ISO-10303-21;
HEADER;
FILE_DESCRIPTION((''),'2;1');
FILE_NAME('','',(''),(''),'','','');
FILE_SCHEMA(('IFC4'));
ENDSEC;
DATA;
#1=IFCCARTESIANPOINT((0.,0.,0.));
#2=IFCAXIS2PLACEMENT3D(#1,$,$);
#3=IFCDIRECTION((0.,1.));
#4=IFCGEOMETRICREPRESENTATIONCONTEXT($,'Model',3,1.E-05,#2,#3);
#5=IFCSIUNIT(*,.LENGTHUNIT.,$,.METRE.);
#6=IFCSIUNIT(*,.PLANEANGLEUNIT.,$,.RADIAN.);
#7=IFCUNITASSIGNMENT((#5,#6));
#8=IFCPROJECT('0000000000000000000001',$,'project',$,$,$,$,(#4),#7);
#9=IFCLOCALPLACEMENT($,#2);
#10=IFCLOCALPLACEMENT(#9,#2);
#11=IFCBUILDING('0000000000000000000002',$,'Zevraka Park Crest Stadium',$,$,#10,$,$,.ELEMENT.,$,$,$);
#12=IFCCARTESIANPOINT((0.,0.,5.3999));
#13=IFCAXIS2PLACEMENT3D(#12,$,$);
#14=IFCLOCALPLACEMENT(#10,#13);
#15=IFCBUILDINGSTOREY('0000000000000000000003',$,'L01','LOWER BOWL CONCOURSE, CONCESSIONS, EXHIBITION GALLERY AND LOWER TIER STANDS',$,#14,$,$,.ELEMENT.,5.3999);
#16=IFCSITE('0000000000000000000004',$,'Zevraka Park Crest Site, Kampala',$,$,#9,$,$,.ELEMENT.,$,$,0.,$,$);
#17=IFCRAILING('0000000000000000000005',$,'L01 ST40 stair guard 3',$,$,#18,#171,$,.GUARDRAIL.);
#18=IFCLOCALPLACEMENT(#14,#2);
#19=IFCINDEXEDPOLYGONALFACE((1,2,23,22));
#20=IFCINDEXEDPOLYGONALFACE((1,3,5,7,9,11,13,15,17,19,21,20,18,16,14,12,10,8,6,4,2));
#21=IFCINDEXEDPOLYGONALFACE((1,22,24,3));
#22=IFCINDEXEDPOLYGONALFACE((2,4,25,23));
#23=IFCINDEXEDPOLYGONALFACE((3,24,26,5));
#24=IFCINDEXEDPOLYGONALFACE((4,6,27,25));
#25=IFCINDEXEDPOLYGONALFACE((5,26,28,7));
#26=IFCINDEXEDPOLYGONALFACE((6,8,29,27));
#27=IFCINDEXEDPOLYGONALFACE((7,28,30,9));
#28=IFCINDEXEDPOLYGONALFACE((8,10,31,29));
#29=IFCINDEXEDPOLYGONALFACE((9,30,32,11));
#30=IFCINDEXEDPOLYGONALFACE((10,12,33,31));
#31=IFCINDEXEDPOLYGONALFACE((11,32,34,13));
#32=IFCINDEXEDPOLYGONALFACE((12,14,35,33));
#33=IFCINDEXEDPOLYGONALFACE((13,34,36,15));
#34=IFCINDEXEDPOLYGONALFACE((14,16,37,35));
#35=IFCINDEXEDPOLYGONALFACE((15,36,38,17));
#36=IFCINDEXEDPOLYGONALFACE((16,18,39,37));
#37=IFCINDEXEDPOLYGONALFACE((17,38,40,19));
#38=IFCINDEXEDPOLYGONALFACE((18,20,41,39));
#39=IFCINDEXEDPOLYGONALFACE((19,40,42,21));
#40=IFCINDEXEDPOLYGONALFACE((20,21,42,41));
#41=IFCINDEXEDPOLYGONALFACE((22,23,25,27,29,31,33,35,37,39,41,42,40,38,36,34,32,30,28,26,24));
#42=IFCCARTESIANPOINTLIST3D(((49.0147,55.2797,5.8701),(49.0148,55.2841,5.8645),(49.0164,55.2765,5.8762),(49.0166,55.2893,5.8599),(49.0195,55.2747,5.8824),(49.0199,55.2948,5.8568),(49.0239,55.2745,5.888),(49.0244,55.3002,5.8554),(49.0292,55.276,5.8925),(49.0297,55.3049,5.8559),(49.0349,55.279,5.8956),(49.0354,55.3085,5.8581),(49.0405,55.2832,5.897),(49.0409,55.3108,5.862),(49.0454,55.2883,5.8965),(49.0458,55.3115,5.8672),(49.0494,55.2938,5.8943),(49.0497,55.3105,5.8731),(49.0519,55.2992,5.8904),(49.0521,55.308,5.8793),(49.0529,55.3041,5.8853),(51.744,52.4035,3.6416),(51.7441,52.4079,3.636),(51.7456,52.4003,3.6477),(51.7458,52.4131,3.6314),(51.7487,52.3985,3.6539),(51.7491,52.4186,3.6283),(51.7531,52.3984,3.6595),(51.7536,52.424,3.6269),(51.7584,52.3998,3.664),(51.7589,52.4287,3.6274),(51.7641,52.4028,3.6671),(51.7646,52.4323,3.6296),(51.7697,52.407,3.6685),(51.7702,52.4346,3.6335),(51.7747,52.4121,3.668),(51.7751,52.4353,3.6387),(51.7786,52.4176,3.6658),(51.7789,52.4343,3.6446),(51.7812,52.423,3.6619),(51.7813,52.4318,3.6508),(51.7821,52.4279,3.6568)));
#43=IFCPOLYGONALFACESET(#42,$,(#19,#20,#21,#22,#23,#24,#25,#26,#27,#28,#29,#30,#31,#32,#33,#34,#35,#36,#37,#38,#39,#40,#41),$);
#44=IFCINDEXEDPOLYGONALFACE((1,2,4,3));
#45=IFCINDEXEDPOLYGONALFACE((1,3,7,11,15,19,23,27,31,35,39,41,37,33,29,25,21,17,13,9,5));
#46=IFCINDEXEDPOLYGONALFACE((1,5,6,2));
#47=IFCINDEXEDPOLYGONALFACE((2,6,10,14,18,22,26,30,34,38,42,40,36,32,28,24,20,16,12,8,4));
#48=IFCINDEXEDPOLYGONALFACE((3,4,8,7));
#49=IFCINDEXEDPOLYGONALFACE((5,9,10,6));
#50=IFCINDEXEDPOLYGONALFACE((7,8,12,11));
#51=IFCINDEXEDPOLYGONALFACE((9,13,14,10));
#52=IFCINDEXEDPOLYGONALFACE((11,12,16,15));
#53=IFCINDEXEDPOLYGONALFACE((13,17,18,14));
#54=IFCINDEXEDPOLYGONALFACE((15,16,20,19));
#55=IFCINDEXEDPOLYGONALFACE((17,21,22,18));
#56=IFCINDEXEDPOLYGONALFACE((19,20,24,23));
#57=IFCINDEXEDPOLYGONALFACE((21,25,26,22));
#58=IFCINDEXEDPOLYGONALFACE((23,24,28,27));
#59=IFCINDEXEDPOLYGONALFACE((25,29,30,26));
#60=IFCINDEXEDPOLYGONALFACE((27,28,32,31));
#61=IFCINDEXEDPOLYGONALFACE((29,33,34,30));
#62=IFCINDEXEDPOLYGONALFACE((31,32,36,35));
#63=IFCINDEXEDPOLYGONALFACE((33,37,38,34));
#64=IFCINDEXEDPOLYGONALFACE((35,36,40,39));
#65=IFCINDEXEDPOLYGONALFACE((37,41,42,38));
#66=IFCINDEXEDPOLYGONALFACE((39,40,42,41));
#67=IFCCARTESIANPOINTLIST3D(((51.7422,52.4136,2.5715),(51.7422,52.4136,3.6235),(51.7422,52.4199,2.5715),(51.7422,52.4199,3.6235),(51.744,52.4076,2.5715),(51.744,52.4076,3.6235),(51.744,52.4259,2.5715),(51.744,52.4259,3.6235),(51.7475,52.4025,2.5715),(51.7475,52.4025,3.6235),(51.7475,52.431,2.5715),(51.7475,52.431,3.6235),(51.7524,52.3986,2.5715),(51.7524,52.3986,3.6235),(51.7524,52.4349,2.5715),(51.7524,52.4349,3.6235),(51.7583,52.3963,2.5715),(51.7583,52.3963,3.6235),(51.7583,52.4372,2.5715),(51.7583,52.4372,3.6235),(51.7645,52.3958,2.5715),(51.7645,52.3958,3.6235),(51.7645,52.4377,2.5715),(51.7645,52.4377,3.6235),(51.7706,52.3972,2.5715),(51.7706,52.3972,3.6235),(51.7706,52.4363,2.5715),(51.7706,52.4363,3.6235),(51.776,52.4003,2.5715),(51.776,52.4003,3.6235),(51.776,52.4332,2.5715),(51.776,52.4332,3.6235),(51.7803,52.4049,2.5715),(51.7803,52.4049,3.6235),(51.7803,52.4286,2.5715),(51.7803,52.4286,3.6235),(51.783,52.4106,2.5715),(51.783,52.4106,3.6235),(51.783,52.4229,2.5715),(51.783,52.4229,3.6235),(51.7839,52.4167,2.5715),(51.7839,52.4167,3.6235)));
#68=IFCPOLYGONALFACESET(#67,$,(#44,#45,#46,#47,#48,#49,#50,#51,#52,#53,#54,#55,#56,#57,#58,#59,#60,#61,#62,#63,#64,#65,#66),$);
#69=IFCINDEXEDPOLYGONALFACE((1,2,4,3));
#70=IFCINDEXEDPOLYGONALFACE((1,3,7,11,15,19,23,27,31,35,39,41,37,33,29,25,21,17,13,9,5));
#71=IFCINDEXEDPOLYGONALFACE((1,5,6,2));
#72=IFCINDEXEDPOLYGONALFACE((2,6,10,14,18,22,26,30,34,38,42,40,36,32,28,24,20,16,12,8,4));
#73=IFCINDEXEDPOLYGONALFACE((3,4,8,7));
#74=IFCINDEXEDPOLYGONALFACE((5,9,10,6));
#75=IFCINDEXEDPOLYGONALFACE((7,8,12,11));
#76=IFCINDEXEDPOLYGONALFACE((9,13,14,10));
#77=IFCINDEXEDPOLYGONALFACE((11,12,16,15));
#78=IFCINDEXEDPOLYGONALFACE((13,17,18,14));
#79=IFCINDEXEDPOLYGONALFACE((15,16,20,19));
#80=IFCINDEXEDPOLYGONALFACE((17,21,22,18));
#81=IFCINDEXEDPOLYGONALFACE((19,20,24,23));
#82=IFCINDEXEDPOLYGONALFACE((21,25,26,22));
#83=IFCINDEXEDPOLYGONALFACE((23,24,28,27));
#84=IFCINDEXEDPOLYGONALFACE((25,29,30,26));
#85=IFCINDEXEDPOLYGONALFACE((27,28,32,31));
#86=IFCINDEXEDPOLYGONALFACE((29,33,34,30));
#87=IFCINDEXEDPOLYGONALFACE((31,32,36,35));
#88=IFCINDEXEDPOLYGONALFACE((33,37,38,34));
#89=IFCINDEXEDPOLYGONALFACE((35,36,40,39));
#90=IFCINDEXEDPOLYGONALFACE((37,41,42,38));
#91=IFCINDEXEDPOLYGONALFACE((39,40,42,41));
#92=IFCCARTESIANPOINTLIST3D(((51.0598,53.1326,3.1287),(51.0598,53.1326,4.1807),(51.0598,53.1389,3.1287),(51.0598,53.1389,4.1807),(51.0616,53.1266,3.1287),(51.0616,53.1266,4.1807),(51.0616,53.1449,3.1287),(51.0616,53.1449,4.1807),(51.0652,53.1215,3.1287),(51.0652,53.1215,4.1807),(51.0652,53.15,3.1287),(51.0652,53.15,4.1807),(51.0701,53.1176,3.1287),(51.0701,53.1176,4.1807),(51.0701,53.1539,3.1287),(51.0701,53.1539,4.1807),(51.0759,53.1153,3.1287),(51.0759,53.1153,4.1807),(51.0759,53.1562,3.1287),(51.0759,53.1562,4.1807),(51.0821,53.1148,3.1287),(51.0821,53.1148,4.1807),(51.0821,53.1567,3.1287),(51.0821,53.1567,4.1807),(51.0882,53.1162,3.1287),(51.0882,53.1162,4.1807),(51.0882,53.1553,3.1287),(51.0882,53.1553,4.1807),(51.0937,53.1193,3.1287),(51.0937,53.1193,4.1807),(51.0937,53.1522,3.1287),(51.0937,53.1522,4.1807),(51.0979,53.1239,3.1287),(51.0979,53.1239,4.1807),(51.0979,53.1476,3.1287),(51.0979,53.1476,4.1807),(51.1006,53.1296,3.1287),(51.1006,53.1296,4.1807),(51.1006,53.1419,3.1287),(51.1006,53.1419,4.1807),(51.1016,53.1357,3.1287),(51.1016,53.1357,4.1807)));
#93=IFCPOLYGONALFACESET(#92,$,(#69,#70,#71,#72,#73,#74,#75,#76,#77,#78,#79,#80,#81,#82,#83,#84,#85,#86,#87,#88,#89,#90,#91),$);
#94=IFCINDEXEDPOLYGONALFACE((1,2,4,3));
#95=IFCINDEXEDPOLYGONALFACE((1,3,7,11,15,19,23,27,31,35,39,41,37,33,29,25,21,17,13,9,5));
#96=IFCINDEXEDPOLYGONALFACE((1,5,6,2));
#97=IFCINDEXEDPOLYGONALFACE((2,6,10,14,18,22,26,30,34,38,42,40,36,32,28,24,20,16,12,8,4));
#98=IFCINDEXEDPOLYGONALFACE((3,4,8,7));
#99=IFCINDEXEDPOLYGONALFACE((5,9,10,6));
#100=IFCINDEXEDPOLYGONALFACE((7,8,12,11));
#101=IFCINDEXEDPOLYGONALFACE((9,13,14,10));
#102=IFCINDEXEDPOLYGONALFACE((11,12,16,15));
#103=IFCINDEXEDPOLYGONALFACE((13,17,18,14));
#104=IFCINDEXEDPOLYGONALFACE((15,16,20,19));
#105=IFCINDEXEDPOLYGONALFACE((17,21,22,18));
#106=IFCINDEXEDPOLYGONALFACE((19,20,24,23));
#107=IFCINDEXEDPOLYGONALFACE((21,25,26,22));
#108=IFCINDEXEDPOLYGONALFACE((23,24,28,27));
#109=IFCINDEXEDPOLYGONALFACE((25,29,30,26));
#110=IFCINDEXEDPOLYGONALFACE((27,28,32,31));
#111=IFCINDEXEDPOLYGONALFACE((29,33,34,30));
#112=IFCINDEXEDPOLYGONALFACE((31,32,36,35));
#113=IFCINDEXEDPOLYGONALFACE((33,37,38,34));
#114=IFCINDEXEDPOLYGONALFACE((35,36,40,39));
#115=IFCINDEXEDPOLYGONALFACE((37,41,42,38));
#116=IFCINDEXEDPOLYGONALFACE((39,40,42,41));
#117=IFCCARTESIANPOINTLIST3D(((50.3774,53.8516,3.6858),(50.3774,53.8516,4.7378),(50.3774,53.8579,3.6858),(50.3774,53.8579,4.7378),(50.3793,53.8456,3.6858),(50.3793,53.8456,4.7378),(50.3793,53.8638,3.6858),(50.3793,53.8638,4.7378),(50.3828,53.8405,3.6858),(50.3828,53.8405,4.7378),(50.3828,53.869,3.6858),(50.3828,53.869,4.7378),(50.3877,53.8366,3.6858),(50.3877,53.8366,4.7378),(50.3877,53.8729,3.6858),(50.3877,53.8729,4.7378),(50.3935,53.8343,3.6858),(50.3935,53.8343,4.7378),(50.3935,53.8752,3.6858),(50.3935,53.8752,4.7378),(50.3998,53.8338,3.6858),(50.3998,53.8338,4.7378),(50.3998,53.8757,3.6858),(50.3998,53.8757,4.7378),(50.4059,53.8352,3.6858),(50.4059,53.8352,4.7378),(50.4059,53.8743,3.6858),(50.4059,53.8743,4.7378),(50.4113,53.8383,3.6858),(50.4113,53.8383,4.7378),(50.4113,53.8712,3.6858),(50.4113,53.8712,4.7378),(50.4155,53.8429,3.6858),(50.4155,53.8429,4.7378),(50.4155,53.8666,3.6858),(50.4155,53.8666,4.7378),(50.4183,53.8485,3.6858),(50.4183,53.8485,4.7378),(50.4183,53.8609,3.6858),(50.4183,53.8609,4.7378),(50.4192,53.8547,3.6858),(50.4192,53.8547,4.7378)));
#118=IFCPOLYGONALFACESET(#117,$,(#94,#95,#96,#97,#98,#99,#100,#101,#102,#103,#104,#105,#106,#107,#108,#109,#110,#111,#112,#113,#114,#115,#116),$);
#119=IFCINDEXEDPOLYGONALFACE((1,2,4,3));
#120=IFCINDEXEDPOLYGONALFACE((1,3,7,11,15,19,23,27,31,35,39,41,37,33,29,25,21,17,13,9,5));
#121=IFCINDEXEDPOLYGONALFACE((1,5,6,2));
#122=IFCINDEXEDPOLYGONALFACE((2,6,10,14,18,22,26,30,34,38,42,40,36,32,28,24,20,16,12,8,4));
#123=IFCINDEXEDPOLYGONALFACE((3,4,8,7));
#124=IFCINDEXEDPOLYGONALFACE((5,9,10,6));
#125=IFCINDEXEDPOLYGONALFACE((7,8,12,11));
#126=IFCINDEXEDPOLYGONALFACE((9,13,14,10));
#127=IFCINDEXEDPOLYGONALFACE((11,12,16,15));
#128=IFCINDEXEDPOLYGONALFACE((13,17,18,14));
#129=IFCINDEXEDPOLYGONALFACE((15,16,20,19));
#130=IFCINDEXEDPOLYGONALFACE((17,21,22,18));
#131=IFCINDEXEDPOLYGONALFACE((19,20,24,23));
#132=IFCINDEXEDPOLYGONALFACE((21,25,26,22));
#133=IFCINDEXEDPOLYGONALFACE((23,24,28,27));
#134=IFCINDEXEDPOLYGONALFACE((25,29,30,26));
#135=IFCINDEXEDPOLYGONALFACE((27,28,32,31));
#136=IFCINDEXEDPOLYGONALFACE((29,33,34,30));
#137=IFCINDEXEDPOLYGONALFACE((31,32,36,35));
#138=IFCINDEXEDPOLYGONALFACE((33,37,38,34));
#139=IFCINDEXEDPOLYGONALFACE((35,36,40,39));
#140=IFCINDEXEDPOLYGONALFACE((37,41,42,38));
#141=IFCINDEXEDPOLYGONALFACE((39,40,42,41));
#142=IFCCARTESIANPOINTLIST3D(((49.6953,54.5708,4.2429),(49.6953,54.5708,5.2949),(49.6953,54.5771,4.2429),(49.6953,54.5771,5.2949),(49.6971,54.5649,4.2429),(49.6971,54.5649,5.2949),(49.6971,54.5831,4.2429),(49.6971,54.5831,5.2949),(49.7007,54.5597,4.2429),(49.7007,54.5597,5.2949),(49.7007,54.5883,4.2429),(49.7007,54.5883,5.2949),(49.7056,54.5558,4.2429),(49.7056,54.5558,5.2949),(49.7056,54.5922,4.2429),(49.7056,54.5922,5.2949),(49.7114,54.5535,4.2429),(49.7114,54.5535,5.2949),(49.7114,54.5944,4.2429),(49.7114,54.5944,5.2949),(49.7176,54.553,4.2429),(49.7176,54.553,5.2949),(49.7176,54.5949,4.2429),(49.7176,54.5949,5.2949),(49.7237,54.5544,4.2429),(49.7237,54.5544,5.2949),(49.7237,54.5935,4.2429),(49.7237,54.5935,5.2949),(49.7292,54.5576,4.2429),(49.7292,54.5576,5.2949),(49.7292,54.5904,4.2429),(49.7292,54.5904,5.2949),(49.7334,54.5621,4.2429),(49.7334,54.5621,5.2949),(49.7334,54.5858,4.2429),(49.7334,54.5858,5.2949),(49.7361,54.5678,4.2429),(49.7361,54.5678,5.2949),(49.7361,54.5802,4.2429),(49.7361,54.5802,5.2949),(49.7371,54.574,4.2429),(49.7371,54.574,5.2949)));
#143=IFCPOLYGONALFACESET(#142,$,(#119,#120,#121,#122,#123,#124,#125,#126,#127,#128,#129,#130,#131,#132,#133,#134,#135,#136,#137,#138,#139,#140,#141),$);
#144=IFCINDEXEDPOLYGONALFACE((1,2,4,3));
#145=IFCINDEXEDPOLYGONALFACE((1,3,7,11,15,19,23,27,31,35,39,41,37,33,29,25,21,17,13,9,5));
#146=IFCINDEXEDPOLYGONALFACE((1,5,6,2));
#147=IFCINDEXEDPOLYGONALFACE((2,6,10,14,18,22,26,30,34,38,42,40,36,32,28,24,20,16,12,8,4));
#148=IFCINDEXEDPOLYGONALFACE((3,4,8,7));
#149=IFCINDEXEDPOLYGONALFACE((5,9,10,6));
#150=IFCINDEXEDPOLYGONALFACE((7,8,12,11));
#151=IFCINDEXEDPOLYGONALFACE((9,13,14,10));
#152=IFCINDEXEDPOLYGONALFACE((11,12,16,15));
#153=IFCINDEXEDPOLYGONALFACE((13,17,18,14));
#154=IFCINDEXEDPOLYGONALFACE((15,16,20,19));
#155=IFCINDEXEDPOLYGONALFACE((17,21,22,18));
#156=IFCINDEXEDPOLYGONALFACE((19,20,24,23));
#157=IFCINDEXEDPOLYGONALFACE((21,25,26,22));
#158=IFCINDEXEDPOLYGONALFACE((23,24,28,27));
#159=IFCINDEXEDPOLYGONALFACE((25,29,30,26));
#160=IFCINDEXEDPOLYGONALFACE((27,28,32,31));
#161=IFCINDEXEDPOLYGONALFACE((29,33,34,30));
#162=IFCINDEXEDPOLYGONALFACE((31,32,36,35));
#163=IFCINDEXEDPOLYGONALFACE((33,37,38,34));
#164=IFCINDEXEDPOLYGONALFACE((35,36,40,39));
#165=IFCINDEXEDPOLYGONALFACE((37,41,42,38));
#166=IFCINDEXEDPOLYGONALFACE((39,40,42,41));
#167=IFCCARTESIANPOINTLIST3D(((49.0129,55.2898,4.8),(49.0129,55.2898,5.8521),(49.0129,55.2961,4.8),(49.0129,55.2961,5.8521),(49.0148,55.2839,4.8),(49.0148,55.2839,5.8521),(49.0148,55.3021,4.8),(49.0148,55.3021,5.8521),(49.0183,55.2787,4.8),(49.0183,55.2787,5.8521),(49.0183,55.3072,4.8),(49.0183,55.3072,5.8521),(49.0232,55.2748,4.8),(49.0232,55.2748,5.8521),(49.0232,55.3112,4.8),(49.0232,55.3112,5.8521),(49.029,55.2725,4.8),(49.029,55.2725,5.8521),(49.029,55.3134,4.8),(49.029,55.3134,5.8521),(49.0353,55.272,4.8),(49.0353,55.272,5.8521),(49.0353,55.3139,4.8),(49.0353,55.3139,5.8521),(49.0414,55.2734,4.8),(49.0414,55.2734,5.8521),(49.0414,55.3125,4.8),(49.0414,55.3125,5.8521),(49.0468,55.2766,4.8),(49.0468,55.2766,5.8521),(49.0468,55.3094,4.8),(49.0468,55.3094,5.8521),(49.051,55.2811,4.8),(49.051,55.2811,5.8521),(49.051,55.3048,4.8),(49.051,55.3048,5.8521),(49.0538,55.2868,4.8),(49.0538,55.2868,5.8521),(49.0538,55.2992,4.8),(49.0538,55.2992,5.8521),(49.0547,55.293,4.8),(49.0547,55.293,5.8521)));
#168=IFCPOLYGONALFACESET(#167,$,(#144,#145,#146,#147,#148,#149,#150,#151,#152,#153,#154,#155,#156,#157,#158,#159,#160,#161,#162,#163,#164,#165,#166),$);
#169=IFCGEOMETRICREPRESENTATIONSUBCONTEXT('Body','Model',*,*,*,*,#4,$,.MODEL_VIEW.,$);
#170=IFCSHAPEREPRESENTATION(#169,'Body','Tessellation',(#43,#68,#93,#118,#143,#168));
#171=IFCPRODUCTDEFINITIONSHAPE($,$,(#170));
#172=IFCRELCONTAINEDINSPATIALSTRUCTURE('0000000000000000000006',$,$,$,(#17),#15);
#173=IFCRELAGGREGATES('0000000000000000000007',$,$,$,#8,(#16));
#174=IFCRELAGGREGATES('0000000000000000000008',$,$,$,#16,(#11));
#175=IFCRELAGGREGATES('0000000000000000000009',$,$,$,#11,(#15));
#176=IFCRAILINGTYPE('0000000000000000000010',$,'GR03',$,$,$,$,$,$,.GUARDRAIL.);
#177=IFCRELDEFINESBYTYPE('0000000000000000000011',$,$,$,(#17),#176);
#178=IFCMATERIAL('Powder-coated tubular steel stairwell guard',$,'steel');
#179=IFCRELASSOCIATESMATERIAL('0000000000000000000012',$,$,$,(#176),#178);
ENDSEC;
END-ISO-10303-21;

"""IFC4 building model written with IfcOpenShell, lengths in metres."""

from ifc_helpers import new_model, si_unit, direction, frame, origin, origin_2d, place, context, subcontext, project, spatial, circle, extrude, material, type_object, element, save


model = new_model("IFC4")

# Units and contexts
model_context = context("Model", 3, precision=1e-05, world=origin(), true_north=direction((0.0, 1.0)))
body_context = subcontext(model_context, "Body", "Model", "MODEL_VIEW")
ifc_project = project(units=[si_unit("LENGTHUNIT", "METRE"), si_unit("PLANEANGLEUNIT", "RADIAN")], contexts=[model_context])

# Site, building, storey
site_placement = place(None, origin())
site = spatial("IfcSite", under=ifc_project, at=site_placement, Name="Zevraka Park Crest Site, Kampala", CompositionType="ELEMENT", RefElevation=0.0)
building_placement = place(site_placement, origin())
building = spatial("IfcBuilding", under=site, at=building_placement, Name="Zevraka Park Crest Stadium", CompositionType="ELEMENT")
storey_placement = place(building_placement, frame((0.0, 0.0, 5.3999)))
storey = spatial("IfcBuildingStorey", under=building, at=storey_placement, Name="L01", Description="LOWER BOWL CONCOURSE, CONCESSIONS, EXHIBITION GALLERY AND LOWER TIER STANDS", CompositionType="ELEMENT", Elevation=5.3999)

# Railing
ifc_material_1 = material(Name="Powder-coated tubular steel stairwell guard", Category="steel")
railing_type_1 = type_object("IfcRailingType", Name="GR03", PredefinedType="GUARDRAIL", material=ifc_material_1)
railing_1_placement = place(storey_placement, frame((51.7629, 52.4167, 2.5715)))
element("IfcRailing", 1, at=railing_1_placement, inside=storey, type_object=railing_type_1, Name="L01 ST40 stair guard 3", PredefinedType="GUARDRAIL", context=body_context, shape_type="SweptSolid", body=[
    extrude(circle(Radius=0.0239, at=origin_2d()), frame((0.0, 0.0, 1.0762), z_axis=(-0.600049, 0.632362, 0.489959), x_axis=(-0.725397, -0.68833, 0.0)), (0.0, 0.0, 1.0), 4.5483),
    extrude(circle(Radius=0.021, at=origin_2d()), origin(), (0.0, 0.0, 1.0), 1.052),
    extrude(circle(Radius=0.021, at=origin_2d()), frame((-0.6824, 0.719, 0.5571)), (0.0, 0.0, 1.0), 1.052),
    extrude(circle(Radius=0.021, at=origin_2d()), frame((-1.3647, 1.438, 1.1143)), (0.0, 0.0, 1.0), 1.052),
    extrude(circle(Radius=0.021, at=origin_2d()), frame((-2.0469, 2.1572, 1.6714)), (0.0, 0.0, 1.0), 1.052),
    extrude(circle(Radius=0.021, at=origin_2d()), frame((-2.7292, 2.8762, 2.2285)), (0.0, 0.0, 1.0), 1.052),
])

save(model, "model.ifc")
